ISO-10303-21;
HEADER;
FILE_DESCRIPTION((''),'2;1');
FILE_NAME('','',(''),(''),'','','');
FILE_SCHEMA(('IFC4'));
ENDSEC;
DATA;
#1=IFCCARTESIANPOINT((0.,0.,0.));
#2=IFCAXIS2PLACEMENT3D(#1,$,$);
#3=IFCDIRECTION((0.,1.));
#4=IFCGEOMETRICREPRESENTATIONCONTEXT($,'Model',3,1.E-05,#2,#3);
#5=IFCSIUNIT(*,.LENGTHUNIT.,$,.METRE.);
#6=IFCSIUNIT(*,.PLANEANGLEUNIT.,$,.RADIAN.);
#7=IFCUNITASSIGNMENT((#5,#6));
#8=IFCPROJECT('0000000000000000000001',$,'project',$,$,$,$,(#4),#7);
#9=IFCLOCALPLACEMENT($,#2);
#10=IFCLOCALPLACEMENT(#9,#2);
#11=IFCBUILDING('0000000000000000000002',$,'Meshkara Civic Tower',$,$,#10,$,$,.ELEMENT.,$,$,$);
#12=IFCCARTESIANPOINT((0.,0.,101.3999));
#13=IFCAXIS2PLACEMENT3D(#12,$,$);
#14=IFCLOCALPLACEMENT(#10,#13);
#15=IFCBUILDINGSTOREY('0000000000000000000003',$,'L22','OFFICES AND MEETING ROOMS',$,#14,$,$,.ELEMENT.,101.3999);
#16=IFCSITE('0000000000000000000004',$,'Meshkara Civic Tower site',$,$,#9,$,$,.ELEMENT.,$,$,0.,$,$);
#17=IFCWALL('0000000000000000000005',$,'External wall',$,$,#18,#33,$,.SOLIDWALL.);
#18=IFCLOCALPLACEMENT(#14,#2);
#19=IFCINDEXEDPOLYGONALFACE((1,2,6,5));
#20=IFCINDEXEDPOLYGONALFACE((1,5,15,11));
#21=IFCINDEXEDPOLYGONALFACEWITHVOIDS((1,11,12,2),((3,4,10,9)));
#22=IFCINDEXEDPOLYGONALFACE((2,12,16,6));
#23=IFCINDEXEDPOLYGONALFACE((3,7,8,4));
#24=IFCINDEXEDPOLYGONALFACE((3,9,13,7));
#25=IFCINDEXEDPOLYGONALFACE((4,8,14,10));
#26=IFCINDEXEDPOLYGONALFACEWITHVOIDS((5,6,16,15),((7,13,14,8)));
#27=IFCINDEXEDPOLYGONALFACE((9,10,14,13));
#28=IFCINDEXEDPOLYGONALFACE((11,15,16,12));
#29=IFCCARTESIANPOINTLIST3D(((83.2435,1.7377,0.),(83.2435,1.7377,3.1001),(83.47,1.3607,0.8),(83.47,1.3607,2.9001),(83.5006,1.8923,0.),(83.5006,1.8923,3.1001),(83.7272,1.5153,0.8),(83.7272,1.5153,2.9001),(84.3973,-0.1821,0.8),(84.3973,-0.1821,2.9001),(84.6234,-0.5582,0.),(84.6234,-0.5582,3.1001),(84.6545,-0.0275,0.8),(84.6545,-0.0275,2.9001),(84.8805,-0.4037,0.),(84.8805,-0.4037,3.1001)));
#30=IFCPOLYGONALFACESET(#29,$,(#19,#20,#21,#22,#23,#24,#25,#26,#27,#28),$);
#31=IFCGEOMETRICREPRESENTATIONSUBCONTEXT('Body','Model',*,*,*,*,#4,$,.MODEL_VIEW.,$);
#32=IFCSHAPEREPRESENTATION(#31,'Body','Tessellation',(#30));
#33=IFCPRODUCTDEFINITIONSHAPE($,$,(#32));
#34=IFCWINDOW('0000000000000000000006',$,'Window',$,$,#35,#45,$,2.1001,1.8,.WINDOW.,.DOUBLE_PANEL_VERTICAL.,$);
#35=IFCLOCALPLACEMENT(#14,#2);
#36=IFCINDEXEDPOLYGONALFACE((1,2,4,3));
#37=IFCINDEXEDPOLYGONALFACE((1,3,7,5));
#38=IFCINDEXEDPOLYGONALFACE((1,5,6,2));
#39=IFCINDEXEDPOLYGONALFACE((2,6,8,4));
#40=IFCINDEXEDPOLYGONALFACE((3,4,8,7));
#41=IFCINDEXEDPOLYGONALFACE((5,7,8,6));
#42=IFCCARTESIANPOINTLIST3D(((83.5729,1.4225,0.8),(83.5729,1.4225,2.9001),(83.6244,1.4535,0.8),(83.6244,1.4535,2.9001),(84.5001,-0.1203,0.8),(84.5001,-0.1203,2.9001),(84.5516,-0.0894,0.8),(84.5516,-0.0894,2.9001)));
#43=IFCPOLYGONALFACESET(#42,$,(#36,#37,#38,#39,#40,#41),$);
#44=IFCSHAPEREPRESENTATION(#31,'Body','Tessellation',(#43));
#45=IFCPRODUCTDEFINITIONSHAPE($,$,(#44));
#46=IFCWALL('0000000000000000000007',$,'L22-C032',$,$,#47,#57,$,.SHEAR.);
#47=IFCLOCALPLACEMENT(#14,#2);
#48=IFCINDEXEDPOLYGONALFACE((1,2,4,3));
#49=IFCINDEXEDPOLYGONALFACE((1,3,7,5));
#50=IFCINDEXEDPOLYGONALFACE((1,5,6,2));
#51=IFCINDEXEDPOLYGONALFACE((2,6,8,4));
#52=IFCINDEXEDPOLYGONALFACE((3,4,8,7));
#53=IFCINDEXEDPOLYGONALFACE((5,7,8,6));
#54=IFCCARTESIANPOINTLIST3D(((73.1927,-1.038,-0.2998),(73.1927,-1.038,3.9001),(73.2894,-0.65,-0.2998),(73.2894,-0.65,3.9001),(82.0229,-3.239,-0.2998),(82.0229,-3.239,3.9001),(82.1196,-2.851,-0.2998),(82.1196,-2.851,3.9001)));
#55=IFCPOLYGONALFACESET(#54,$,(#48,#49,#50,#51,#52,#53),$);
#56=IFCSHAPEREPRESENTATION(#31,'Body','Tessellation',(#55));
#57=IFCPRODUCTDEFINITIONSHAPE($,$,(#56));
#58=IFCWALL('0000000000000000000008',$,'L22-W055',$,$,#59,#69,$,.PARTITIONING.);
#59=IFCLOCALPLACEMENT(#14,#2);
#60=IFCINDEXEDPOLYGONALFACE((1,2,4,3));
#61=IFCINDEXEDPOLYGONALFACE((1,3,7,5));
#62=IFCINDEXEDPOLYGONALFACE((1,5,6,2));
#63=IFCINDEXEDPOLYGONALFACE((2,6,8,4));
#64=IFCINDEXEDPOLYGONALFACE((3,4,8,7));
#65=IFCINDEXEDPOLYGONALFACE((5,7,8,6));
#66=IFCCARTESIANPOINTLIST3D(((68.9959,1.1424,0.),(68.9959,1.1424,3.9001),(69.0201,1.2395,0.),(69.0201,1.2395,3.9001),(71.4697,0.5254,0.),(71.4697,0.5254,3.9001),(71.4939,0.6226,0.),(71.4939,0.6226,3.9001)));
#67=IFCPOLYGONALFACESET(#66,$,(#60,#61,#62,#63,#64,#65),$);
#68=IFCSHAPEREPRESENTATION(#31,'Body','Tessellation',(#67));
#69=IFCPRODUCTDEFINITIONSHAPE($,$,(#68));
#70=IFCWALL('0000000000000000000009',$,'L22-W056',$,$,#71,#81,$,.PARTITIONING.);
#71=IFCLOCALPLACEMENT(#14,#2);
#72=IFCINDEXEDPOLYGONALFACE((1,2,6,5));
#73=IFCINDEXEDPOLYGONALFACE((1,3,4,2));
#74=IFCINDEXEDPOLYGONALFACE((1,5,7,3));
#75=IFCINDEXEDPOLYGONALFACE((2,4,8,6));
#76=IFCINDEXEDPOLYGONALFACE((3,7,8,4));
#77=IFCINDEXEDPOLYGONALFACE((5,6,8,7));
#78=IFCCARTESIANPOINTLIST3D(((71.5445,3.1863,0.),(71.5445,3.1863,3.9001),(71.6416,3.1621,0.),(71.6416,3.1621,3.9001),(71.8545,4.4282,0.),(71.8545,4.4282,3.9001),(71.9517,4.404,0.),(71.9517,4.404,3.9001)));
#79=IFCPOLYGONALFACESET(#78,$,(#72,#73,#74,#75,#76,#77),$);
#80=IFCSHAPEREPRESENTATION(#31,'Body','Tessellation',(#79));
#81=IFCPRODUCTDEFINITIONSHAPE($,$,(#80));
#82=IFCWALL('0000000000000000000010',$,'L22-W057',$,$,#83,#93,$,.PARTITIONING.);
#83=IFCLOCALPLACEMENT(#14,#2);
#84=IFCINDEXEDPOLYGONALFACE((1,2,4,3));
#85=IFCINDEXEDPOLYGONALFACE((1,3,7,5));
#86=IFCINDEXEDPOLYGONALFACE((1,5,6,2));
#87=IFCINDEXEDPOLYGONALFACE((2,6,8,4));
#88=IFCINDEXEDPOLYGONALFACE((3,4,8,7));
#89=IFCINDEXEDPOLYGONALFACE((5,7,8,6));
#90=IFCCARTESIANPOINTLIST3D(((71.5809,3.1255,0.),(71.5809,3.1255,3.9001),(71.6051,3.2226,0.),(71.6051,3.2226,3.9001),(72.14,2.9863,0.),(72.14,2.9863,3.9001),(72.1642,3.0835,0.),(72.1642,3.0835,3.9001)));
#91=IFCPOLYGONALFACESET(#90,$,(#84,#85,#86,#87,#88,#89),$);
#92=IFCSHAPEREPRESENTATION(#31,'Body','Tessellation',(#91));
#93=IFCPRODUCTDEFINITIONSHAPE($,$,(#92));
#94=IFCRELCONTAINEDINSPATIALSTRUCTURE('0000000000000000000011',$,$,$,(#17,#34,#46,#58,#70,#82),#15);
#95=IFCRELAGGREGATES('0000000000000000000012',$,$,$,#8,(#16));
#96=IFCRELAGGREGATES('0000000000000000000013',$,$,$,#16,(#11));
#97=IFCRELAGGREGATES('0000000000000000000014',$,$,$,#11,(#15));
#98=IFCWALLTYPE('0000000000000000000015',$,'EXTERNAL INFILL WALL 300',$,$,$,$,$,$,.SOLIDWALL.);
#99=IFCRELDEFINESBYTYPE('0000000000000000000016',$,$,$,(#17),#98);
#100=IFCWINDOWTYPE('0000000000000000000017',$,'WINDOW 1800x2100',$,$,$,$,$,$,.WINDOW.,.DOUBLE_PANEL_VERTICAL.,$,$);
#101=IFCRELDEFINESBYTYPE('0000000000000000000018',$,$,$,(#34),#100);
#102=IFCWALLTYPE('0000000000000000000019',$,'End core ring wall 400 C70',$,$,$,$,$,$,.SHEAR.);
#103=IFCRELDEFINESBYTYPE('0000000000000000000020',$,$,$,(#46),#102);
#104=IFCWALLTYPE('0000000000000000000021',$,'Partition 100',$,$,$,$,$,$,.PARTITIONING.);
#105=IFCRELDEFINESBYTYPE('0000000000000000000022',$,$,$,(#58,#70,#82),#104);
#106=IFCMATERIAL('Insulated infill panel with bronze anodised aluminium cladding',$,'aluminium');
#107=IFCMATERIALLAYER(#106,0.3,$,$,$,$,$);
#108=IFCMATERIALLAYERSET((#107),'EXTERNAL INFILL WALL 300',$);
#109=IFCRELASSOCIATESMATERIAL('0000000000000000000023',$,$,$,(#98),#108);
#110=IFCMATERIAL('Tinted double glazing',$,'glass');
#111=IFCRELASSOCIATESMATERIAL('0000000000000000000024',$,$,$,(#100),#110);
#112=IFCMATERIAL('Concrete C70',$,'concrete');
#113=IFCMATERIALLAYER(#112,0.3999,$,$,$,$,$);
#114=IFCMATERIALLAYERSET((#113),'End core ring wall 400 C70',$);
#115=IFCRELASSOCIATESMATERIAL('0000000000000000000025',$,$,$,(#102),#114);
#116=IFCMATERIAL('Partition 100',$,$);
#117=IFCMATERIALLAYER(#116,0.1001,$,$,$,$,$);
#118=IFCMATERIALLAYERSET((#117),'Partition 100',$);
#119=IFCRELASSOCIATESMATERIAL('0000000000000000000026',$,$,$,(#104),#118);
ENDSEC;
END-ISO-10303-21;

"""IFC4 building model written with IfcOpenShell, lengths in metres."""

from ifc_helpers import new_model, si_unit, direction, frame, frame_2d, origin, place, context, subcontext, project, spatial, rectangle, extrude, material, layer, layer_set, type_object, element, fill, save


model = new_model("IFC4")

# Units and contexts
model_context = context("Model", 3, precision=1e-05, world=origin(), true_north=direction((0.0, 1.0)))
body_context = subcontext(model_context, "Body", "Model", "MODEL_VIEW")
ifc_project = project(units=[si_unit("LENGTHUNIT", "METRE"), si_unit("PLANEANGLEUNIT", "RADIAN")], contexts=[model_context])

# Site, building, storey
site_placement = place(None, origin())
site = spatial("IfcSite", under=ifc_project, at=site_placement, Name="Meshkara Civic Tower site", CompositionType="ELEMENT", RefElevation=0.0)
building_placement = place(site_placement, origin())
building = spatial("IfcBuilding", under=site, at=building_placement, Name="Meshkara Civic Tower", CompositionType="ELEMENT")
storey_placement = place(building_placement, frame((0.0, 0.0, 101.3999)))
storey = spatial("IfcBuildingStorey", under=building, at=storey_placement, Name="L22", Description="OFFICES AND MEETING ROOMS", CompositionType="ELEMENT", Elevation=101.3999)

# Wall, opening, window
ifc_material_1 = material(Name="Insulated infill panel with bronze anodised aluminium cladding", Category="aluminium")
ifc_layer_1 = layer(ifc_material_1, 0.3)
ifc_layer_set_1 = layer_set([ifc_layer_1], Name="EXTERNAL INFILL WALL 300")
wall_type_1 = type_object("IfcWallType", Name="EXTERNAL INFILL WALL 300", PredefinedType="SOLIDWALL", material=ifc_layer_set_1)
ifc_material_2 = material(Name="Tinted double glazing", Category="glass")
window_type_1 = type_object("IfcWindowType", Name="WINDOW 1800x2100", PartitioningType="DOUBLE_PANEL_VERTICAL", PredefinedType="WINDOW", material=ifc_material_2)
wall_1_placement = place(storey_placement, frame((84.752, -0.481, 0.0), z_axis=(0.0, 0.0, 1.0), x_axis=(-0.515139, 0.857107, 0.0)))
wall_1 = element("IfcWall", 1, at=wall_1_placement, inside=storey, type_object=wall_type_1, Name="External wall", PredefinedType="SOLIDWALL", context=body_context, shape_type="SweptSolid", body=[
    extrude(rectangle(XDim=2.6787, YDim=0.3, at=frame_2d((1.3394, 0.0))), origin(), (0.0, 0.0, 1.0), 3.1001),
])
opening_1_placement = place(wall_1_placement, frame((0.439, 0.0, 0.8)))
opening_1 = element("IfcOpeningElement", 2, at=opening_1_placement, cuts=wall_1, PredefinedType="OPENING", context=body_context, shape_type="SweptSolid", body=[
    extrude(rectangle(XDim=1.8, YDim=2.1001, at=frame_2d((0.8999, 1.05))), frame((0.0, 0.1599, 0.0), z_axis=(0.0, -1.0, 0.0), x_axis=(1.0, 0.0, 0.0)), (0.0, 0.0, 1.0), 0.3201),
])
window_1_placement = place(opening_1_placement, origin())
window_1 = element("IfcWindow", 3, at=window_1_placement, inside=storey, type_object=window_type_1, Name="Window", OverallHeight=2.1001, OverallWidth=1.8, PartitioningType="DOUBLE_PANEL_VERTICAL", PredefinedType="WINDOW", context=body_context, shape_type="SweptSolid", body=[
    extrude(rectangle(XDim=1.8, YDim=2.1001, at=frame_2d((0.8999, 1.05))), frame((0.0, 0.03, 0.0), z_axis=(0.0, -1.0, 0.0), x_axis=(1.0, 0.0, 0.0)), (0.0, 0.0, 1.0), 0.0601),
])
fill(opening_1, window_1)

# Walls
ifc_material_3 = material(Name="Concrete C70", Category="concrete")
ifc_layer_2 = layer(ifc_material_3, 0.3999)
ifc_layer_set_2 = layer_set([ifc_layer_2], Name="End core ring wall 400 C70")
wall_type_2 = type_object("IfcWallType", Name="End core ring wall 400 C70", PredefinedType="SHEAR", material=ifc_layer_set_2)
wall_2_placement = place(storey_placement, frame((73.241, -0.844, -0.2998), z_axis=(0.0, 0.0, 1.0), x_axis=(0.970313, -0.241854, 0.0)))
element("IfcWall", 4, at=wall_2_placement, inside=storey, type_object=wall_type_2, Name="L22-C032", PredefinedType="SHEAR", context=body_context, shape_type="SweptSolid", body=[
    extrude(rectangle(XDim=9.1003, YDim=0.3999, at=frame_2d((4.5503, 0.0))), origin(), (0.0, 0.0, 1.0), 4.2),
])
ifc_material_4 = material(Name="Partition 100")
ifc_layer_3 = layer(ifc_material_4, 0.1001)
ifc_layer_set_3 = layer_set([ifc_layer_3], Name="Partition 100")
wall_type_3 = type_object("IfcWallType", Name="Partition 100", PredefinedType="PARTITIONING", material=ifc_layer_set_3)
wall_3_placement = place(storey_placement, frame((71.4819, 0.574, 0.0), z_axis=(0.0, 0.0, 1.0), x_axis=(-0.970283, 0.241972, 0.0)))
element("IfcWall", 5, at=wall_3_placement, inside=storey, type_object=wall_type_3, Name="L22-W055", PredefinedType="PARTITIONING", context=body_context, shape_type="SweptSolid", body=[
    extrude(rectangle(XDim=2.5496, YDim=0.1001, at=frame_2d((1.2749, 0.0))), origin(), (0.0, 0.0, 1.0), 3.9001),
])
wall_4_placement = place(storey_placement, frame((71.593, 3.1741, 0.0), z_axis=(0.0, 0.0, 1.0), x_axis=(0.242221, 0.970221, 0.0)))
element("IfcWall", 6, at=wall_4_placement, inside=storey, type_object=wall_type_3, Name="L22-W056", PredefinedType="PARTITIONING", context=body_context, shape_type="SweptSolid", body=[
    extrude(rectangle(XDim=1.28, YDim=0.1001, at=frame_2d((0.6401, 0.0))), origin(), (0.0, 0.0, 1.0), 3.9001),
])
wall_5_placement = place(storey_placement, frame((72.1521, 3.0349, 0.0), z_axis=(0.0, 0.0, 1.0), x_axis=(-0.970391, 0.241538, 0.0)))
element("IfcWall", 7, at=wall_5_placement, inside=storey, type_object=wall_type_3, Name="L22-W057", PredefinedType="PARTITIONING", context=body_context, shape_type="SweptSolid", body=[
    extrude(rectangle(XDim=0.5762, YDim=0.1001, at=frame_2d((0.2881, 0.0))), origin(), (0.0, 0.0, 1.0), 3.9001),
])

save(model, "model.ifc")
